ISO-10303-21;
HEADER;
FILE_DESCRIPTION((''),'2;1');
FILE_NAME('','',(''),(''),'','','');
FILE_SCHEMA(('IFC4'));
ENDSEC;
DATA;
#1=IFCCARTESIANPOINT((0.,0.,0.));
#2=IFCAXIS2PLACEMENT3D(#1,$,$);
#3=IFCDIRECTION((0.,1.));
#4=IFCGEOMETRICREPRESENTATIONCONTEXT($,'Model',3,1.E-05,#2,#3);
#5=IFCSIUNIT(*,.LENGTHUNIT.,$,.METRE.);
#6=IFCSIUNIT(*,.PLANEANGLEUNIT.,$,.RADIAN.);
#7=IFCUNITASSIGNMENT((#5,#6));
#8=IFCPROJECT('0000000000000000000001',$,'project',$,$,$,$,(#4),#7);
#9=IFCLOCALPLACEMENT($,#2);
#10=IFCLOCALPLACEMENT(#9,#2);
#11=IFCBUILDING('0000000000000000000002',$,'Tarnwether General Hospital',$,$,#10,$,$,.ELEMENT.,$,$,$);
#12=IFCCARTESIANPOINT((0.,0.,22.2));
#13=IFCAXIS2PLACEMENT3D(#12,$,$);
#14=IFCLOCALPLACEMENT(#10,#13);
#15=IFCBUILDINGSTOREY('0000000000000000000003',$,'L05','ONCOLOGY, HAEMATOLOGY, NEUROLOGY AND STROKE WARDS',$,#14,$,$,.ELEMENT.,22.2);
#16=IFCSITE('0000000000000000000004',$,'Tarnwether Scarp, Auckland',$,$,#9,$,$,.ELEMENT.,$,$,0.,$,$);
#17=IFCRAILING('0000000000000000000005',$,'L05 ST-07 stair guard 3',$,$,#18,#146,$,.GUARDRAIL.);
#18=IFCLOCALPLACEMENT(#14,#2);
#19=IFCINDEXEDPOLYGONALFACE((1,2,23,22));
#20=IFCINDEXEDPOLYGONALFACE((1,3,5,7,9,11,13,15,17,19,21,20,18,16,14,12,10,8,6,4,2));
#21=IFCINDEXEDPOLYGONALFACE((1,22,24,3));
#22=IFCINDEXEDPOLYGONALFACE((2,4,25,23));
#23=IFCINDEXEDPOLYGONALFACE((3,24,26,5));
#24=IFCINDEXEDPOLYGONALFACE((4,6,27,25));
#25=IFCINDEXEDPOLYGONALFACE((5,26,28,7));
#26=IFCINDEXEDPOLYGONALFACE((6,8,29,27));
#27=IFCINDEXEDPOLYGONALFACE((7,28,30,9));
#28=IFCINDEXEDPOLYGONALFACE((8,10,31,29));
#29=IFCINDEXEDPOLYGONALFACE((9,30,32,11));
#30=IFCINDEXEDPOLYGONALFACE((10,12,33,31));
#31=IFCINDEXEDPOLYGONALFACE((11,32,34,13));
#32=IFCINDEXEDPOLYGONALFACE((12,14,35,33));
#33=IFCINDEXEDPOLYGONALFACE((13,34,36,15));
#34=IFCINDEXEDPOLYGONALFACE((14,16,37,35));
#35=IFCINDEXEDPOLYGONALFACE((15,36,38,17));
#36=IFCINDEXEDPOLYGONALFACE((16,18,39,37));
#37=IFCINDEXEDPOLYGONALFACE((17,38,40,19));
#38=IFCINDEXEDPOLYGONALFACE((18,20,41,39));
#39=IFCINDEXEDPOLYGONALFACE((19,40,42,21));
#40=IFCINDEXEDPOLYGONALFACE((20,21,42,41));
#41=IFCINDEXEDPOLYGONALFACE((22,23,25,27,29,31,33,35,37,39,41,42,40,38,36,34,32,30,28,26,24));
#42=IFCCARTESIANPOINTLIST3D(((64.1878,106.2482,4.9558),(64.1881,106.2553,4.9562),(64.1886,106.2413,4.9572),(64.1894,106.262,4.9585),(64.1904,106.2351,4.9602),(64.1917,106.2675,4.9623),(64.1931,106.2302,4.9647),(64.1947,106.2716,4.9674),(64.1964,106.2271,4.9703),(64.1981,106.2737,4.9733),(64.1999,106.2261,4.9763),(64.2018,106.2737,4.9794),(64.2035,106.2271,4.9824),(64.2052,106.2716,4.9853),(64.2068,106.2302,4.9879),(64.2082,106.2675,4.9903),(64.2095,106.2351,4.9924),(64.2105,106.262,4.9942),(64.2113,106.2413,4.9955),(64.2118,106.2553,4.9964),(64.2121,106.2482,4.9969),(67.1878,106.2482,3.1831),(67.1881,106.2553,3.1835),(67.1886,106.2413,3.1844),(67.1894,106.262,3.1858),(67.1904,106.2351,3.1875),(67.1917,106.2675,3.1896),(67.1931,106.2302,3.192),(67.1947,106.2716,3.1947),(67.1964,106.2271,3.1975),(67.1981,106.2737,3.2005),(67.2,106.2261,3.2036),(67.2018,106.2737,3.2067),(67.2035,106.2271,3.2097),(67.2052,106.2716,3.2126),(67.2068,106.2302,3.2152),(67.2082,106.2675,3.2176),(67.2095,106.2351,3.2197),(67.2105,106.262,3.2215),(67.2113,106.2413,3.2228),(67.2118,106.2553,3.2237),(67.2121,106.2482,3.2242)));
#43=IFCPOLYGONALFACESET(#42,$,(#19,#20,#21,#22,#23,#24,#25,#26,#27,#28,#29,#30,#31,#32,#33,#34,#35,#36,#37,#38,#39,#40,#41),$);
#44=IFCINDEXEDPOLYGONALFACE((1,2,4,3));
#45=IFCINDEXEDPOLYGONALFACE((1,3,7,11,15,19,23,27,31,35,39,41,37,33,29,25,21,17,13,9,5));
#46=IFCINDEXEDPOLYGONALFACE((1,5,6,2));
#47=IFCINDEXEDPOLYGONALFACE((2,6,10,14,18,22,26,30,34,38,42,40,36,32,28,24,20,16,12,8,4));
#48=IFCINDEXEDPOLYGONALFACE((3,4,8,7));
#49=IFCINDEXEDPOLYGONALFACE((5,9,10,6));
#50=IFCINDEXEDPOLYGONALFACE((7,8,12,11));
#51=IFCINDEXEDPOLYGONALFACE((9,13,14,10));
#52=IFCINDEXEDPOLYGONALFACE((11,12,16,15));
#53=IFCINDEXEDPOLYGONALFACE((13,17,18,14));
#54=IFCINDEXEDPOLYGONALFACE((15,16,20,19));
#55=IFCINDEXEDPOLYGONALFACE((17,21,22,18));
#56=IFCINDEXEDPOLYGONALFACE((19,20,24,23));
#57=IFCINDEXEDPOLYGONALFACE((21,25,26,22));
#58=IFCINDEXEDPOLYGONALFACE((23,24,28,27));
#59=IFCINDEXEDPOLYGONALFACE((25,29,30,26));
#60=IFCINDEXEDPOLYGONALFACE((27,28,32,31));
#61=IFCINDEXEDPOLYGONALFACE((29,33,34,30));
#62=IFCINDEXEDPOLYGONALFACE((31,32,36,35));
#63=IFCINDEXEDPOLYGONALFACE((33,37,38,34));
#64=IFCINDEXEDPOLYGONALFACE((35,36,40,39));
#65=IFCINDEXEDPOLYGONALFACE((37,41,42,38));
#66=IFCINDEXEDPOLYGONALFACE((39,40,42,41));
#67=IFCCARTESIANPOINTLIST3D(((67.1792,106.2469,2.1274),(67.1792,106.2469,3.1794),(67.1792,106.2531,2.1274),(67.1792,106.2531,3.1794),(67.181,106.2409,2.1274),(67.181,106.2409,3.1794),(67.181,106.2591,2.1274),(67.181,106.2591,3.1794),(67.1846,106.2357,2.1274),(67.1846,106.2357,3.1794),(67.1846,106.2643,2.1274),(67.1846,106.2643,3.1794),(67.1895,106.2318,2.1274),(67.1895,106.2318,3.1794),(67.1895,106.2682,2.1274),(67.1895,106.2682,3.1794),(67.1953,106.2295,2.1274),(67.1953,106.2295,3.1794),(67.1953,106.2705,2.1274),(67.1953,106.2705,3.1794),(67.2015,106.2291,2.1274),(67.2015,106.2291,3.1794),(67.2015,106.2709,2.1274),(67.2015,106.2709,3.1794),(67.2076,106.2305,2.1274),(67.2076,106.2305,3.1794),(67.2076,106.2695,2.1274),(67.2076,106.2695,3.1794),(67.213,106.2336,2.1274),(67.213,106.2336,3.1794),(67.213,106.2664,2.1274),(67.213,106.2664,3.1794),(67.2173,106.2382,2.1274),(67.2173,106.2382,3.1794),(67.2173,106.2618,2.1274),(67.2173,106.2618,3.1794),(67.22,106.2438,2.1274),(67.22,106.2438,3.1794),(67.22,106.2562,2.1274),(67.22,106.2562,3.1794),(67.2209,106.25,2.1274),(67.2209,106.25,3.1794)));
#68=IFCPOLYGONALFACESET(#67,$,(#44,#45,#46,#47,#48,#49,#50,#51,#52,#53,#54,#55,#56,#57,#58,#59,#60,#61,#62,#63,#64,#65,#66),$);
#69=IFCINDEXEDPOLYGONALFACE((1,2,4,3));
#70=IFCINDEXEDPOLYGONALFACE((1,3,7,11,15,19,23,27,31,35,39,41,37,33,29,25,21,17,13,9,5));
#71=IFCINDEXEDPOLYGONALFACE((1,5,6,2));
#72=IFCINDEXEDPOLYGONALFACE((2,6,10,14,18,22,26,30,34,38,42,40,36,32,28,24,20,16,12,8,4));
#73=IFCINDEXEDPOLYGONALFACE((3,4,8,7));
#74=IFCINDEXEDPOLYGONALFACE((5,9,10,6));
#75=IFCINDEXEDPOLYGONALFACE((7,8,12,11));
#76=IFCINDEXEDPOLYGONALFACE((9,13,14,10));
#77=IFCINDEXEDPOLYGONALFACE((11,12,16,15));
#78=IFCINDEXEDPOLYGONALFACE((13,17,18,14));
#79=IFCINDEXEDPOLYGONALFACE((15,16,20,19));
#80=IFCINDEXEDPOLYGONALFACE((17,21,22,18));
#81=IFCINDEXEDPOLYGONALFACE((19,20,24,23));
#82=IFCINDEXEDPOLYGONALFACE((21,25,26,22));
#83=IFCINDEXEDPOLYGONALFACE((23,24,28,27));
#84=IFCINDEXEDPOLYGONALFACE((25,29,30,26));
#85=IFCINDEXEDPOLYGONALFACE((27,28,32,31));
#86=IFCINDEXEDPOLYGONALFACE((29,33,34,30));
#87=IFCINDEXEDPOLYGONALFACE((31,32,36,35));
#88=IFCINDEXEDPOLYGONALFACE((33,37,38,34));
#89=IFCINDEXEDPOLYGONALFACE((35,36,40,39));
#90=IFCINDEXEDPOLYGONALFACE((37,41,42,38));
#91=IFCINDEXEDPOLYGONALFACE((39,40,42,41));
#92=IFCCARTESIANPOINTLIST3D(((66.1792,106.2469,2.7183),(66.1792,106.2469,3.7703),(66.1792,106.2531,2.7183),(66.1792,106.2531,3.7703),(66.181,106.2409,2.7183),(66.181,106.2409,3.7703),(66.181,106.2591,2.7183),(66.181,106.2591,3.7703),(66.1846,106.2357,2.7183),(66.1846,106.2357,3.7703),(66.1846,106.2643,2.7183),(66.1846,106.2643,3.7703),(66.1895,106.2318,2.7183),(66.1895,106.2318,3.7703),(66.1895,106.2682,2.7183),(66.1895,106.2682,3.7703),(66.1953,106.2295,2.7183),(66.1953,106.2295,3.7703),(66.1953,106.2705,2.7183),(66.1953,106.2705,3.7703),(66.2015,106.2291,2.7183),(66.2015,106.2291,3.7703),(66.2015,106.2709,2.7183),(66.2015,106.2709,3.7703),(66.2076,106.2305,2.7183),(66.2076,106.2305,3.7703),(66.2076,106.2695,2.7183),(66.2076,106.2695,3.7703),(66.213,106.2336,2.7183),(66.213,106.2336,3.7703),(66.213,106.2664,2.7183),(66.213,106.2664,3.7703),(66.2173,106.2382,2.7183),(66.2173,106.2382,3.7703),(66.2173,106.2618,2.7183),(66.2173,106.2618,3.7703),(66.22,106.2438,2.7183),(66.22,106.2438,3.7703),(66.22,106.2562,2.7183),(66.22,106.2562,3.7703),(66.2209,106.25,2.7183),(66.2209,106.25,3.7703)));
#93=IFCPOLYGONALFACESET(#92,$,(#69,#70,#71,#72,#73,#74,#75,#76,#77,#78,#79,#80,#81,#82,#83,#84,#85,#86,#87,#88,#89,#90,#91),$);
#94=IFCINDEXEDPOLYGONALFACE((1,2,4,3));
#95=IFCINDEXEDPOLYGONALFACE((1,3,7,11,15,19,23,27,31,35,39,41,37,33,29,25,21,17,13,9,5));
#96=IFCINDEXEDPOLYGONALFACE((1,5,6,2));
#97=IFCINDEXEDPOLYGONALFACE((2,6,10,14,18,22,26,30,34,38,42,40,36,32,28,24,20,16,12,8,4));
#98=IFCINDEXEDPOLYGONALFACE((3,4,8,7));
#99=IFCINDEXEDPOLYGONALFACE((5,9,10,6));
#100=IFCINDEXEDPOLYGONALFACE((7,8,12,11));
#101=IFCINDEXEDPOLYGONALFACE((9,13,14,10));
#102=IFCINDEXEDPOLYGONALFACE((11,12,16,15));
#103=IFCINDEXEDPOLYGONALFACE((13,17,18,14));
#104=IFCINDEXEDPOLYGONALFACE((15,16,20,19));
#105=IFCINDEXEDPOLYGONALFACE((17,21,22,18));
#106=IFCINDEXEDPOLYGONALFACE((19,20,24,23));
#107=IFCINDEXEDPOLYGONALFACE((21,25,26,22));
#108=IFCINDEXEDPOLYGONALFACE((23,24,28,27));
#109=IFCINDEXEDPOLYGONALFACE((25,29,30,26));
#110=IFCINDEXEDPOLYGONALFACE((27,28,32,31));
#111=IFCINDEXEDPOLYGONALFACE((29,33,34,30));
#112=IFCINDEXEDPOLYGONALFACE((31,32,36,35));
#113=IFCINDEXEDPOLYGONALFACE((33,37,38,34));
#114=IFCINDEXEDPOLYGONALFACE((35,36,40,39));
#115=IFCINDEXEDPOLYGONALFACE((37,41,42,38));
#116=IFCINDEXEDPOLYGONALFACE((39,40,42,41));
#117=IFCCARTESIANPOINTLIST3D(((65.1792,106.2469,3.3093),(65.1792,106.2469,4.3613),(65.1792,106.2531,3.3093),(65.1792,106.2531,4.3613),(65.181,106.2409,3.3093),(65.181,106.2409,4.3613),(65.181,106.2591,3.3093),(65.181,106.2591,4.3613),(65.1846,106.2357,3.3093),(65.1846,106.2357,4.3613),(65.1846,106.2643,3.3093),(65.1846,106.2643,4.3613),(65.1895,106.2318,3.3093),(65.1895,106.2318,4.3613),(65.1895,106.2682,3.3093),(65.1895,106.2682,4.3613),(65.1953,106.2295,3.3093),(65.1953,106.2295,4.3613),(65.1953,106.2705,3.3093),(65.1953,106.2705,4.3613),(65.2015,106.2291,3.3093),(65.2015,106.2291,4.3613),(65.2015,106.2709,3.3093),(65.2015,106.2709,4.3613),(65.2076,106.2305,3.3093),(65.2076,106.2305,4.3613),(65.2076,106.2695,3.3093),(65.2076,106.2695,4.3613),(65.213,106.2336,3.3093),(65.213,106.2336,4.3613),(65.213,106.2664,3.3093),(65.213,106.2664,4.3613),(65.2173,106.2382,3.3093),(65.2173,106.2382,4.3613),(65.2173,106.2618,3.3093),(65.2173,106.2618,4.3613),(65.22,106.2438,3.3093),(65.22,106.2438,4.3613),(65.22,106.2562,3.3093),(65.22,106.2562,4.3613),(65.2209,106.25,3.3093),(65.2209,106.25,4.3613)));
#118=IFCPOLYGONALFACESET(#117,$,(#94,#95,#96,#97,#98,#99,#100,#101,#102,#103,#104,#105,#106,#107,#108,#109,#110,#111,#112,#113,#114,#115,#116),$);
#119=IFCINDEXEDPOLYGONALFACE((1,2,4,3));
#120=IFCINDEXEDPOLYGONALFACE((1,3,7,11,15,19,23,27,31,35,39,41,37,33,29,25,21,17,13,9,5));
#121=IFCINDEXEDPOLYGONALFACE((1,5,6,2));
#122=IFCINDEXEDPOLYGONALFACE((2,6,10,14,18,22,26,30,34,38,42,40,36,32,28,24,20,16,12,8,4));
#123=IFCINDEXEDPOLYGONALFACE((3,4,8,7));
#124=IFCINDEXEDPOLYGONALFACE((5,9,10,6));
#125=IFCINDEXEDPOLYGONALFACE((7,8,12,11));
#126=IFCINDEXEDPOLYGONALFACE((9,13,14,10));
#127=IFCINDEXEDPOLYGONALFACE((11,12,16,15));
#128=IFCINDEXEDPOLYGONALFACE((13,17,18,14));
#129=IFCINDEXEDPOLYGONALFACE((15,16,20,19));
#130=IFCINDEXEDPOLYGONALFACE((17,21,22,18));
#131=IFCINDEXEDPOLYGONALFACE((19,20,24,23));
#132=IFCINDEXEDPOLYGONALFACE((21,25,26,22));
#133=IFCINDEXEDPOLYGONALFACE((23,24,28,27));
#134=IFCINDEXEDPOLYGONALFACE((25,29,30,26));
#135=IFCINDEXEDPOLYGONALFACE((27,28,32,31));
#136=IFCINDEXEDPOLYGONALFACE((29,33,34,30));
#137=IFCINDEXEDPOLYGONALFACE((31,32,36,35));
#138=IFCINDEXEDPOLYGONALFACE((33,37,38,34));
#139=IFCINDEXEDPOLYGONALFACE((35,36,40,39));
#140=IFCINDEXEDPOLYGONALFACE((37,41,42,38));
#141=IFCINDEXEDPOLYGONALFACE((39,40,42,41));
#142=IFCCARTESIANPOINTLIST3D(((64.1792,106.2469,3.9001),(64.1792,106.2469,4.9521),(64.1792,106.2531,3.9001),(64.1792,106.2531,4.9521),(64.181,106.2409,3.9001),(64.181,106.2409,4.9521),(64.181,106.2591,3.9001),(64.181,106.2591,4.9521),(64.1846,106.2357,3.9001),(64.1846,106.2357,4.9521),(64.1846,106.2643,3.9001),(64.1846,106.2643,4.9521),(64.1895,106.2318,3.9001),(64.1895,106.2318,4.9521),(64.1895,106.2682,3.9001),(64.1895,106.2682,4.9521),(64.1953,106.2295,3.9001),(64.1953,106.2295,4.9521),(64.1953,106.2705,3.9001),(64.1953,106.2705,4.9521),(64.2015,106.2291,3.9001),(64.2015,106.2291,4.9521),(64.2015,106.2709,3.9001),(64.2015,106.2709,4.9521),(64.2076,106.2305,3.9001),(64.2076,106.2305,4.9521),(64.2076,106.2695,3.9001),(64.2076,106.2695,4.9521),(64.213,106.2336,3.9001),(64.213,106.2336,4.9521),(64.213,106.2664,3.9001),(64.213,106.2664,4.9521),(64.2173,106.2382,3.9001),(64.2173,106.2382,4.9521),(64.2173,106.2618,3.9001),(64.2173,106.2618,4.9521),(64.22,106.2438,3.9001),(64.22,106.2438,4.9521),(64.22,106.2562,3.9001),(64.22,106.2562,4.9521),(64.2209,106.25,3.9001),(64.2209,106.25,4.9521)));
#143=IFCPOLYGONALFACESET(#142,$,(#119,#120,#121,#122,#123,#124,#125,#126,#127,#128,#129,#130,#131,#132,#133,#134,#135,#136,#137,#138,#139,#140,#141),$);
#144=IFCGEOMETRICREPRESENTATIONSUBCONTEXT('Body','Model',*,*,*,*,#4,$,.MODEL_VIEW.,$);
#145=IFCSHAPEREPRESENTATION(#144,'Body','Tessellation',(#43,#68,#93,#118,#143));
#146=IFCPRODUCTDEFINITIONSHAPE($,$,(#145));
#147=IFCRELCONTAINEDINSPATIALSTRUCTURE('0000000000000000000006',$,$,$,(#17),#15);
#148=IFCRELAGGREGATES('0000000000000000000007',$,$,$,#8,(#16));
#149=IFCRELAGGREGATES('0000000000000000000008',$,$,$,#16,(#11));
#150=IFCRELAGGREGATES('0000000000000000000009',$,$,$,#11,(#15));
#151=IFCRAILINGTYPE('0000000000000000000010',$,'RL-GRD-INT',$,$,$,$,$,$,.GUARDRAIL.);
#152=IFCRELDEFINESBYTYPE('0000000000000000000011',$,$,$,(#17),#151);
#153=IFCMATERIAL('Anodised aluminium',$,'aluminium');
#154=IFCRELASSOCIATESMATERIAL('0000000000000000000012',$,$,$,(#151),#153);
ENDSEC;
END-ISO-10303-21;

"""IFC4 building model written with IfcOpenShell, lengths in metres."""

from ifc_helpers import new_model, si_unit, direction, frame, origin, origin_2d, place, context, subcontext, project, spatial, circle, extrude, material, type_object, element, save


model = new_model("IFC4")

# Units and contexts
model_context = context("Model", 3, precision=1e-05, world=origin(), true_north=direction((0.0, 1.0)))
body_context = subcontext(model_context, "Body", "Model", "MODEL_VIEW")
ifc_project = project(units=[si_unit("LENGTHUNIT", "METRE"), si_unit("PLANEANGLEUNIT", "RADIAN")], contexts=[model_context])

# Site, building, storey
site_placement = place(None, origin())
site = spatial("IfcSite", under=ifc_project, at=site_placement, Name="Tarnwether Scarp, Auckland", CompositionType="ELEMENT", RefElevation=0.0)
building_placement = place(site_placement, origin())
building = spatial("IfcBuilding", under=site, at=building_placement, Name="Tarnwether General Hospital", CompositionType="ELEMENT")
storey_placement = place(building_placement, frame((0.0, 0.0, 22.2)))
storey = spatial("IfcBuildingStorey", under=building, at=storey_placement, Name="L05", Description="ONCOLOGY, HAEMATOLOGY, NEUROLOGY AND STROKE WARDS", CompositionType="ELEMENT", Elevation=22.2)

# Railing
ifc_material_1 = material(Name="Anodised aluminium", Category="aluminium")
railing_type_1 = type_object("IfcRailingType", Name="RL-GRD-INT", PredefinedType="GUARDRAIL", material=ifc_material_1)
railing_1_placement = place(storey_placement, frame((67.2, 106.25, 2.1274)))
element("IfcRailing", 1, at=railing_1_placement, inside=storey, type_object=railing_type_1, Name="L05 ST-07 stair guard 3", PredefinedType="GUARDRAIL", context=body_context, shape_type="SweptSolid", body=[
    extrude(circle(Radius=0.0239, at=origin_2d()), frame((0.0, 0.0, 1.0762), z_axis=(-0.860929, 0.0, 0.508725), x_axis=(0.0, -1.0, 0.0)), (0.0, 0.0, 1.0), 3.4846),
    extrude(circle(Radius=0.021, at=origin_2d()), origin(), (0.0, 0.0, 1.0), 1.052),
    extrude(circle(Radius=0.021, at=origin_2d()), frame((-1.0, 0.0, 0.5908)), (0.0, 0.0, 1.0), 1.052),
    extrude(circle(Radius=0.021, at=origin_2d()), frame((-2.0, 0.0, 1.1819)), (0.0, 0.0, 1.0), 1.052),
    extrude(circle(Radius=0.021, at=origin_2d()), frame((-3.0, 0.0, 1.7727)), (0.0, 0.0, 1.0), 1.052),
])

save(model, "model.ifc")
